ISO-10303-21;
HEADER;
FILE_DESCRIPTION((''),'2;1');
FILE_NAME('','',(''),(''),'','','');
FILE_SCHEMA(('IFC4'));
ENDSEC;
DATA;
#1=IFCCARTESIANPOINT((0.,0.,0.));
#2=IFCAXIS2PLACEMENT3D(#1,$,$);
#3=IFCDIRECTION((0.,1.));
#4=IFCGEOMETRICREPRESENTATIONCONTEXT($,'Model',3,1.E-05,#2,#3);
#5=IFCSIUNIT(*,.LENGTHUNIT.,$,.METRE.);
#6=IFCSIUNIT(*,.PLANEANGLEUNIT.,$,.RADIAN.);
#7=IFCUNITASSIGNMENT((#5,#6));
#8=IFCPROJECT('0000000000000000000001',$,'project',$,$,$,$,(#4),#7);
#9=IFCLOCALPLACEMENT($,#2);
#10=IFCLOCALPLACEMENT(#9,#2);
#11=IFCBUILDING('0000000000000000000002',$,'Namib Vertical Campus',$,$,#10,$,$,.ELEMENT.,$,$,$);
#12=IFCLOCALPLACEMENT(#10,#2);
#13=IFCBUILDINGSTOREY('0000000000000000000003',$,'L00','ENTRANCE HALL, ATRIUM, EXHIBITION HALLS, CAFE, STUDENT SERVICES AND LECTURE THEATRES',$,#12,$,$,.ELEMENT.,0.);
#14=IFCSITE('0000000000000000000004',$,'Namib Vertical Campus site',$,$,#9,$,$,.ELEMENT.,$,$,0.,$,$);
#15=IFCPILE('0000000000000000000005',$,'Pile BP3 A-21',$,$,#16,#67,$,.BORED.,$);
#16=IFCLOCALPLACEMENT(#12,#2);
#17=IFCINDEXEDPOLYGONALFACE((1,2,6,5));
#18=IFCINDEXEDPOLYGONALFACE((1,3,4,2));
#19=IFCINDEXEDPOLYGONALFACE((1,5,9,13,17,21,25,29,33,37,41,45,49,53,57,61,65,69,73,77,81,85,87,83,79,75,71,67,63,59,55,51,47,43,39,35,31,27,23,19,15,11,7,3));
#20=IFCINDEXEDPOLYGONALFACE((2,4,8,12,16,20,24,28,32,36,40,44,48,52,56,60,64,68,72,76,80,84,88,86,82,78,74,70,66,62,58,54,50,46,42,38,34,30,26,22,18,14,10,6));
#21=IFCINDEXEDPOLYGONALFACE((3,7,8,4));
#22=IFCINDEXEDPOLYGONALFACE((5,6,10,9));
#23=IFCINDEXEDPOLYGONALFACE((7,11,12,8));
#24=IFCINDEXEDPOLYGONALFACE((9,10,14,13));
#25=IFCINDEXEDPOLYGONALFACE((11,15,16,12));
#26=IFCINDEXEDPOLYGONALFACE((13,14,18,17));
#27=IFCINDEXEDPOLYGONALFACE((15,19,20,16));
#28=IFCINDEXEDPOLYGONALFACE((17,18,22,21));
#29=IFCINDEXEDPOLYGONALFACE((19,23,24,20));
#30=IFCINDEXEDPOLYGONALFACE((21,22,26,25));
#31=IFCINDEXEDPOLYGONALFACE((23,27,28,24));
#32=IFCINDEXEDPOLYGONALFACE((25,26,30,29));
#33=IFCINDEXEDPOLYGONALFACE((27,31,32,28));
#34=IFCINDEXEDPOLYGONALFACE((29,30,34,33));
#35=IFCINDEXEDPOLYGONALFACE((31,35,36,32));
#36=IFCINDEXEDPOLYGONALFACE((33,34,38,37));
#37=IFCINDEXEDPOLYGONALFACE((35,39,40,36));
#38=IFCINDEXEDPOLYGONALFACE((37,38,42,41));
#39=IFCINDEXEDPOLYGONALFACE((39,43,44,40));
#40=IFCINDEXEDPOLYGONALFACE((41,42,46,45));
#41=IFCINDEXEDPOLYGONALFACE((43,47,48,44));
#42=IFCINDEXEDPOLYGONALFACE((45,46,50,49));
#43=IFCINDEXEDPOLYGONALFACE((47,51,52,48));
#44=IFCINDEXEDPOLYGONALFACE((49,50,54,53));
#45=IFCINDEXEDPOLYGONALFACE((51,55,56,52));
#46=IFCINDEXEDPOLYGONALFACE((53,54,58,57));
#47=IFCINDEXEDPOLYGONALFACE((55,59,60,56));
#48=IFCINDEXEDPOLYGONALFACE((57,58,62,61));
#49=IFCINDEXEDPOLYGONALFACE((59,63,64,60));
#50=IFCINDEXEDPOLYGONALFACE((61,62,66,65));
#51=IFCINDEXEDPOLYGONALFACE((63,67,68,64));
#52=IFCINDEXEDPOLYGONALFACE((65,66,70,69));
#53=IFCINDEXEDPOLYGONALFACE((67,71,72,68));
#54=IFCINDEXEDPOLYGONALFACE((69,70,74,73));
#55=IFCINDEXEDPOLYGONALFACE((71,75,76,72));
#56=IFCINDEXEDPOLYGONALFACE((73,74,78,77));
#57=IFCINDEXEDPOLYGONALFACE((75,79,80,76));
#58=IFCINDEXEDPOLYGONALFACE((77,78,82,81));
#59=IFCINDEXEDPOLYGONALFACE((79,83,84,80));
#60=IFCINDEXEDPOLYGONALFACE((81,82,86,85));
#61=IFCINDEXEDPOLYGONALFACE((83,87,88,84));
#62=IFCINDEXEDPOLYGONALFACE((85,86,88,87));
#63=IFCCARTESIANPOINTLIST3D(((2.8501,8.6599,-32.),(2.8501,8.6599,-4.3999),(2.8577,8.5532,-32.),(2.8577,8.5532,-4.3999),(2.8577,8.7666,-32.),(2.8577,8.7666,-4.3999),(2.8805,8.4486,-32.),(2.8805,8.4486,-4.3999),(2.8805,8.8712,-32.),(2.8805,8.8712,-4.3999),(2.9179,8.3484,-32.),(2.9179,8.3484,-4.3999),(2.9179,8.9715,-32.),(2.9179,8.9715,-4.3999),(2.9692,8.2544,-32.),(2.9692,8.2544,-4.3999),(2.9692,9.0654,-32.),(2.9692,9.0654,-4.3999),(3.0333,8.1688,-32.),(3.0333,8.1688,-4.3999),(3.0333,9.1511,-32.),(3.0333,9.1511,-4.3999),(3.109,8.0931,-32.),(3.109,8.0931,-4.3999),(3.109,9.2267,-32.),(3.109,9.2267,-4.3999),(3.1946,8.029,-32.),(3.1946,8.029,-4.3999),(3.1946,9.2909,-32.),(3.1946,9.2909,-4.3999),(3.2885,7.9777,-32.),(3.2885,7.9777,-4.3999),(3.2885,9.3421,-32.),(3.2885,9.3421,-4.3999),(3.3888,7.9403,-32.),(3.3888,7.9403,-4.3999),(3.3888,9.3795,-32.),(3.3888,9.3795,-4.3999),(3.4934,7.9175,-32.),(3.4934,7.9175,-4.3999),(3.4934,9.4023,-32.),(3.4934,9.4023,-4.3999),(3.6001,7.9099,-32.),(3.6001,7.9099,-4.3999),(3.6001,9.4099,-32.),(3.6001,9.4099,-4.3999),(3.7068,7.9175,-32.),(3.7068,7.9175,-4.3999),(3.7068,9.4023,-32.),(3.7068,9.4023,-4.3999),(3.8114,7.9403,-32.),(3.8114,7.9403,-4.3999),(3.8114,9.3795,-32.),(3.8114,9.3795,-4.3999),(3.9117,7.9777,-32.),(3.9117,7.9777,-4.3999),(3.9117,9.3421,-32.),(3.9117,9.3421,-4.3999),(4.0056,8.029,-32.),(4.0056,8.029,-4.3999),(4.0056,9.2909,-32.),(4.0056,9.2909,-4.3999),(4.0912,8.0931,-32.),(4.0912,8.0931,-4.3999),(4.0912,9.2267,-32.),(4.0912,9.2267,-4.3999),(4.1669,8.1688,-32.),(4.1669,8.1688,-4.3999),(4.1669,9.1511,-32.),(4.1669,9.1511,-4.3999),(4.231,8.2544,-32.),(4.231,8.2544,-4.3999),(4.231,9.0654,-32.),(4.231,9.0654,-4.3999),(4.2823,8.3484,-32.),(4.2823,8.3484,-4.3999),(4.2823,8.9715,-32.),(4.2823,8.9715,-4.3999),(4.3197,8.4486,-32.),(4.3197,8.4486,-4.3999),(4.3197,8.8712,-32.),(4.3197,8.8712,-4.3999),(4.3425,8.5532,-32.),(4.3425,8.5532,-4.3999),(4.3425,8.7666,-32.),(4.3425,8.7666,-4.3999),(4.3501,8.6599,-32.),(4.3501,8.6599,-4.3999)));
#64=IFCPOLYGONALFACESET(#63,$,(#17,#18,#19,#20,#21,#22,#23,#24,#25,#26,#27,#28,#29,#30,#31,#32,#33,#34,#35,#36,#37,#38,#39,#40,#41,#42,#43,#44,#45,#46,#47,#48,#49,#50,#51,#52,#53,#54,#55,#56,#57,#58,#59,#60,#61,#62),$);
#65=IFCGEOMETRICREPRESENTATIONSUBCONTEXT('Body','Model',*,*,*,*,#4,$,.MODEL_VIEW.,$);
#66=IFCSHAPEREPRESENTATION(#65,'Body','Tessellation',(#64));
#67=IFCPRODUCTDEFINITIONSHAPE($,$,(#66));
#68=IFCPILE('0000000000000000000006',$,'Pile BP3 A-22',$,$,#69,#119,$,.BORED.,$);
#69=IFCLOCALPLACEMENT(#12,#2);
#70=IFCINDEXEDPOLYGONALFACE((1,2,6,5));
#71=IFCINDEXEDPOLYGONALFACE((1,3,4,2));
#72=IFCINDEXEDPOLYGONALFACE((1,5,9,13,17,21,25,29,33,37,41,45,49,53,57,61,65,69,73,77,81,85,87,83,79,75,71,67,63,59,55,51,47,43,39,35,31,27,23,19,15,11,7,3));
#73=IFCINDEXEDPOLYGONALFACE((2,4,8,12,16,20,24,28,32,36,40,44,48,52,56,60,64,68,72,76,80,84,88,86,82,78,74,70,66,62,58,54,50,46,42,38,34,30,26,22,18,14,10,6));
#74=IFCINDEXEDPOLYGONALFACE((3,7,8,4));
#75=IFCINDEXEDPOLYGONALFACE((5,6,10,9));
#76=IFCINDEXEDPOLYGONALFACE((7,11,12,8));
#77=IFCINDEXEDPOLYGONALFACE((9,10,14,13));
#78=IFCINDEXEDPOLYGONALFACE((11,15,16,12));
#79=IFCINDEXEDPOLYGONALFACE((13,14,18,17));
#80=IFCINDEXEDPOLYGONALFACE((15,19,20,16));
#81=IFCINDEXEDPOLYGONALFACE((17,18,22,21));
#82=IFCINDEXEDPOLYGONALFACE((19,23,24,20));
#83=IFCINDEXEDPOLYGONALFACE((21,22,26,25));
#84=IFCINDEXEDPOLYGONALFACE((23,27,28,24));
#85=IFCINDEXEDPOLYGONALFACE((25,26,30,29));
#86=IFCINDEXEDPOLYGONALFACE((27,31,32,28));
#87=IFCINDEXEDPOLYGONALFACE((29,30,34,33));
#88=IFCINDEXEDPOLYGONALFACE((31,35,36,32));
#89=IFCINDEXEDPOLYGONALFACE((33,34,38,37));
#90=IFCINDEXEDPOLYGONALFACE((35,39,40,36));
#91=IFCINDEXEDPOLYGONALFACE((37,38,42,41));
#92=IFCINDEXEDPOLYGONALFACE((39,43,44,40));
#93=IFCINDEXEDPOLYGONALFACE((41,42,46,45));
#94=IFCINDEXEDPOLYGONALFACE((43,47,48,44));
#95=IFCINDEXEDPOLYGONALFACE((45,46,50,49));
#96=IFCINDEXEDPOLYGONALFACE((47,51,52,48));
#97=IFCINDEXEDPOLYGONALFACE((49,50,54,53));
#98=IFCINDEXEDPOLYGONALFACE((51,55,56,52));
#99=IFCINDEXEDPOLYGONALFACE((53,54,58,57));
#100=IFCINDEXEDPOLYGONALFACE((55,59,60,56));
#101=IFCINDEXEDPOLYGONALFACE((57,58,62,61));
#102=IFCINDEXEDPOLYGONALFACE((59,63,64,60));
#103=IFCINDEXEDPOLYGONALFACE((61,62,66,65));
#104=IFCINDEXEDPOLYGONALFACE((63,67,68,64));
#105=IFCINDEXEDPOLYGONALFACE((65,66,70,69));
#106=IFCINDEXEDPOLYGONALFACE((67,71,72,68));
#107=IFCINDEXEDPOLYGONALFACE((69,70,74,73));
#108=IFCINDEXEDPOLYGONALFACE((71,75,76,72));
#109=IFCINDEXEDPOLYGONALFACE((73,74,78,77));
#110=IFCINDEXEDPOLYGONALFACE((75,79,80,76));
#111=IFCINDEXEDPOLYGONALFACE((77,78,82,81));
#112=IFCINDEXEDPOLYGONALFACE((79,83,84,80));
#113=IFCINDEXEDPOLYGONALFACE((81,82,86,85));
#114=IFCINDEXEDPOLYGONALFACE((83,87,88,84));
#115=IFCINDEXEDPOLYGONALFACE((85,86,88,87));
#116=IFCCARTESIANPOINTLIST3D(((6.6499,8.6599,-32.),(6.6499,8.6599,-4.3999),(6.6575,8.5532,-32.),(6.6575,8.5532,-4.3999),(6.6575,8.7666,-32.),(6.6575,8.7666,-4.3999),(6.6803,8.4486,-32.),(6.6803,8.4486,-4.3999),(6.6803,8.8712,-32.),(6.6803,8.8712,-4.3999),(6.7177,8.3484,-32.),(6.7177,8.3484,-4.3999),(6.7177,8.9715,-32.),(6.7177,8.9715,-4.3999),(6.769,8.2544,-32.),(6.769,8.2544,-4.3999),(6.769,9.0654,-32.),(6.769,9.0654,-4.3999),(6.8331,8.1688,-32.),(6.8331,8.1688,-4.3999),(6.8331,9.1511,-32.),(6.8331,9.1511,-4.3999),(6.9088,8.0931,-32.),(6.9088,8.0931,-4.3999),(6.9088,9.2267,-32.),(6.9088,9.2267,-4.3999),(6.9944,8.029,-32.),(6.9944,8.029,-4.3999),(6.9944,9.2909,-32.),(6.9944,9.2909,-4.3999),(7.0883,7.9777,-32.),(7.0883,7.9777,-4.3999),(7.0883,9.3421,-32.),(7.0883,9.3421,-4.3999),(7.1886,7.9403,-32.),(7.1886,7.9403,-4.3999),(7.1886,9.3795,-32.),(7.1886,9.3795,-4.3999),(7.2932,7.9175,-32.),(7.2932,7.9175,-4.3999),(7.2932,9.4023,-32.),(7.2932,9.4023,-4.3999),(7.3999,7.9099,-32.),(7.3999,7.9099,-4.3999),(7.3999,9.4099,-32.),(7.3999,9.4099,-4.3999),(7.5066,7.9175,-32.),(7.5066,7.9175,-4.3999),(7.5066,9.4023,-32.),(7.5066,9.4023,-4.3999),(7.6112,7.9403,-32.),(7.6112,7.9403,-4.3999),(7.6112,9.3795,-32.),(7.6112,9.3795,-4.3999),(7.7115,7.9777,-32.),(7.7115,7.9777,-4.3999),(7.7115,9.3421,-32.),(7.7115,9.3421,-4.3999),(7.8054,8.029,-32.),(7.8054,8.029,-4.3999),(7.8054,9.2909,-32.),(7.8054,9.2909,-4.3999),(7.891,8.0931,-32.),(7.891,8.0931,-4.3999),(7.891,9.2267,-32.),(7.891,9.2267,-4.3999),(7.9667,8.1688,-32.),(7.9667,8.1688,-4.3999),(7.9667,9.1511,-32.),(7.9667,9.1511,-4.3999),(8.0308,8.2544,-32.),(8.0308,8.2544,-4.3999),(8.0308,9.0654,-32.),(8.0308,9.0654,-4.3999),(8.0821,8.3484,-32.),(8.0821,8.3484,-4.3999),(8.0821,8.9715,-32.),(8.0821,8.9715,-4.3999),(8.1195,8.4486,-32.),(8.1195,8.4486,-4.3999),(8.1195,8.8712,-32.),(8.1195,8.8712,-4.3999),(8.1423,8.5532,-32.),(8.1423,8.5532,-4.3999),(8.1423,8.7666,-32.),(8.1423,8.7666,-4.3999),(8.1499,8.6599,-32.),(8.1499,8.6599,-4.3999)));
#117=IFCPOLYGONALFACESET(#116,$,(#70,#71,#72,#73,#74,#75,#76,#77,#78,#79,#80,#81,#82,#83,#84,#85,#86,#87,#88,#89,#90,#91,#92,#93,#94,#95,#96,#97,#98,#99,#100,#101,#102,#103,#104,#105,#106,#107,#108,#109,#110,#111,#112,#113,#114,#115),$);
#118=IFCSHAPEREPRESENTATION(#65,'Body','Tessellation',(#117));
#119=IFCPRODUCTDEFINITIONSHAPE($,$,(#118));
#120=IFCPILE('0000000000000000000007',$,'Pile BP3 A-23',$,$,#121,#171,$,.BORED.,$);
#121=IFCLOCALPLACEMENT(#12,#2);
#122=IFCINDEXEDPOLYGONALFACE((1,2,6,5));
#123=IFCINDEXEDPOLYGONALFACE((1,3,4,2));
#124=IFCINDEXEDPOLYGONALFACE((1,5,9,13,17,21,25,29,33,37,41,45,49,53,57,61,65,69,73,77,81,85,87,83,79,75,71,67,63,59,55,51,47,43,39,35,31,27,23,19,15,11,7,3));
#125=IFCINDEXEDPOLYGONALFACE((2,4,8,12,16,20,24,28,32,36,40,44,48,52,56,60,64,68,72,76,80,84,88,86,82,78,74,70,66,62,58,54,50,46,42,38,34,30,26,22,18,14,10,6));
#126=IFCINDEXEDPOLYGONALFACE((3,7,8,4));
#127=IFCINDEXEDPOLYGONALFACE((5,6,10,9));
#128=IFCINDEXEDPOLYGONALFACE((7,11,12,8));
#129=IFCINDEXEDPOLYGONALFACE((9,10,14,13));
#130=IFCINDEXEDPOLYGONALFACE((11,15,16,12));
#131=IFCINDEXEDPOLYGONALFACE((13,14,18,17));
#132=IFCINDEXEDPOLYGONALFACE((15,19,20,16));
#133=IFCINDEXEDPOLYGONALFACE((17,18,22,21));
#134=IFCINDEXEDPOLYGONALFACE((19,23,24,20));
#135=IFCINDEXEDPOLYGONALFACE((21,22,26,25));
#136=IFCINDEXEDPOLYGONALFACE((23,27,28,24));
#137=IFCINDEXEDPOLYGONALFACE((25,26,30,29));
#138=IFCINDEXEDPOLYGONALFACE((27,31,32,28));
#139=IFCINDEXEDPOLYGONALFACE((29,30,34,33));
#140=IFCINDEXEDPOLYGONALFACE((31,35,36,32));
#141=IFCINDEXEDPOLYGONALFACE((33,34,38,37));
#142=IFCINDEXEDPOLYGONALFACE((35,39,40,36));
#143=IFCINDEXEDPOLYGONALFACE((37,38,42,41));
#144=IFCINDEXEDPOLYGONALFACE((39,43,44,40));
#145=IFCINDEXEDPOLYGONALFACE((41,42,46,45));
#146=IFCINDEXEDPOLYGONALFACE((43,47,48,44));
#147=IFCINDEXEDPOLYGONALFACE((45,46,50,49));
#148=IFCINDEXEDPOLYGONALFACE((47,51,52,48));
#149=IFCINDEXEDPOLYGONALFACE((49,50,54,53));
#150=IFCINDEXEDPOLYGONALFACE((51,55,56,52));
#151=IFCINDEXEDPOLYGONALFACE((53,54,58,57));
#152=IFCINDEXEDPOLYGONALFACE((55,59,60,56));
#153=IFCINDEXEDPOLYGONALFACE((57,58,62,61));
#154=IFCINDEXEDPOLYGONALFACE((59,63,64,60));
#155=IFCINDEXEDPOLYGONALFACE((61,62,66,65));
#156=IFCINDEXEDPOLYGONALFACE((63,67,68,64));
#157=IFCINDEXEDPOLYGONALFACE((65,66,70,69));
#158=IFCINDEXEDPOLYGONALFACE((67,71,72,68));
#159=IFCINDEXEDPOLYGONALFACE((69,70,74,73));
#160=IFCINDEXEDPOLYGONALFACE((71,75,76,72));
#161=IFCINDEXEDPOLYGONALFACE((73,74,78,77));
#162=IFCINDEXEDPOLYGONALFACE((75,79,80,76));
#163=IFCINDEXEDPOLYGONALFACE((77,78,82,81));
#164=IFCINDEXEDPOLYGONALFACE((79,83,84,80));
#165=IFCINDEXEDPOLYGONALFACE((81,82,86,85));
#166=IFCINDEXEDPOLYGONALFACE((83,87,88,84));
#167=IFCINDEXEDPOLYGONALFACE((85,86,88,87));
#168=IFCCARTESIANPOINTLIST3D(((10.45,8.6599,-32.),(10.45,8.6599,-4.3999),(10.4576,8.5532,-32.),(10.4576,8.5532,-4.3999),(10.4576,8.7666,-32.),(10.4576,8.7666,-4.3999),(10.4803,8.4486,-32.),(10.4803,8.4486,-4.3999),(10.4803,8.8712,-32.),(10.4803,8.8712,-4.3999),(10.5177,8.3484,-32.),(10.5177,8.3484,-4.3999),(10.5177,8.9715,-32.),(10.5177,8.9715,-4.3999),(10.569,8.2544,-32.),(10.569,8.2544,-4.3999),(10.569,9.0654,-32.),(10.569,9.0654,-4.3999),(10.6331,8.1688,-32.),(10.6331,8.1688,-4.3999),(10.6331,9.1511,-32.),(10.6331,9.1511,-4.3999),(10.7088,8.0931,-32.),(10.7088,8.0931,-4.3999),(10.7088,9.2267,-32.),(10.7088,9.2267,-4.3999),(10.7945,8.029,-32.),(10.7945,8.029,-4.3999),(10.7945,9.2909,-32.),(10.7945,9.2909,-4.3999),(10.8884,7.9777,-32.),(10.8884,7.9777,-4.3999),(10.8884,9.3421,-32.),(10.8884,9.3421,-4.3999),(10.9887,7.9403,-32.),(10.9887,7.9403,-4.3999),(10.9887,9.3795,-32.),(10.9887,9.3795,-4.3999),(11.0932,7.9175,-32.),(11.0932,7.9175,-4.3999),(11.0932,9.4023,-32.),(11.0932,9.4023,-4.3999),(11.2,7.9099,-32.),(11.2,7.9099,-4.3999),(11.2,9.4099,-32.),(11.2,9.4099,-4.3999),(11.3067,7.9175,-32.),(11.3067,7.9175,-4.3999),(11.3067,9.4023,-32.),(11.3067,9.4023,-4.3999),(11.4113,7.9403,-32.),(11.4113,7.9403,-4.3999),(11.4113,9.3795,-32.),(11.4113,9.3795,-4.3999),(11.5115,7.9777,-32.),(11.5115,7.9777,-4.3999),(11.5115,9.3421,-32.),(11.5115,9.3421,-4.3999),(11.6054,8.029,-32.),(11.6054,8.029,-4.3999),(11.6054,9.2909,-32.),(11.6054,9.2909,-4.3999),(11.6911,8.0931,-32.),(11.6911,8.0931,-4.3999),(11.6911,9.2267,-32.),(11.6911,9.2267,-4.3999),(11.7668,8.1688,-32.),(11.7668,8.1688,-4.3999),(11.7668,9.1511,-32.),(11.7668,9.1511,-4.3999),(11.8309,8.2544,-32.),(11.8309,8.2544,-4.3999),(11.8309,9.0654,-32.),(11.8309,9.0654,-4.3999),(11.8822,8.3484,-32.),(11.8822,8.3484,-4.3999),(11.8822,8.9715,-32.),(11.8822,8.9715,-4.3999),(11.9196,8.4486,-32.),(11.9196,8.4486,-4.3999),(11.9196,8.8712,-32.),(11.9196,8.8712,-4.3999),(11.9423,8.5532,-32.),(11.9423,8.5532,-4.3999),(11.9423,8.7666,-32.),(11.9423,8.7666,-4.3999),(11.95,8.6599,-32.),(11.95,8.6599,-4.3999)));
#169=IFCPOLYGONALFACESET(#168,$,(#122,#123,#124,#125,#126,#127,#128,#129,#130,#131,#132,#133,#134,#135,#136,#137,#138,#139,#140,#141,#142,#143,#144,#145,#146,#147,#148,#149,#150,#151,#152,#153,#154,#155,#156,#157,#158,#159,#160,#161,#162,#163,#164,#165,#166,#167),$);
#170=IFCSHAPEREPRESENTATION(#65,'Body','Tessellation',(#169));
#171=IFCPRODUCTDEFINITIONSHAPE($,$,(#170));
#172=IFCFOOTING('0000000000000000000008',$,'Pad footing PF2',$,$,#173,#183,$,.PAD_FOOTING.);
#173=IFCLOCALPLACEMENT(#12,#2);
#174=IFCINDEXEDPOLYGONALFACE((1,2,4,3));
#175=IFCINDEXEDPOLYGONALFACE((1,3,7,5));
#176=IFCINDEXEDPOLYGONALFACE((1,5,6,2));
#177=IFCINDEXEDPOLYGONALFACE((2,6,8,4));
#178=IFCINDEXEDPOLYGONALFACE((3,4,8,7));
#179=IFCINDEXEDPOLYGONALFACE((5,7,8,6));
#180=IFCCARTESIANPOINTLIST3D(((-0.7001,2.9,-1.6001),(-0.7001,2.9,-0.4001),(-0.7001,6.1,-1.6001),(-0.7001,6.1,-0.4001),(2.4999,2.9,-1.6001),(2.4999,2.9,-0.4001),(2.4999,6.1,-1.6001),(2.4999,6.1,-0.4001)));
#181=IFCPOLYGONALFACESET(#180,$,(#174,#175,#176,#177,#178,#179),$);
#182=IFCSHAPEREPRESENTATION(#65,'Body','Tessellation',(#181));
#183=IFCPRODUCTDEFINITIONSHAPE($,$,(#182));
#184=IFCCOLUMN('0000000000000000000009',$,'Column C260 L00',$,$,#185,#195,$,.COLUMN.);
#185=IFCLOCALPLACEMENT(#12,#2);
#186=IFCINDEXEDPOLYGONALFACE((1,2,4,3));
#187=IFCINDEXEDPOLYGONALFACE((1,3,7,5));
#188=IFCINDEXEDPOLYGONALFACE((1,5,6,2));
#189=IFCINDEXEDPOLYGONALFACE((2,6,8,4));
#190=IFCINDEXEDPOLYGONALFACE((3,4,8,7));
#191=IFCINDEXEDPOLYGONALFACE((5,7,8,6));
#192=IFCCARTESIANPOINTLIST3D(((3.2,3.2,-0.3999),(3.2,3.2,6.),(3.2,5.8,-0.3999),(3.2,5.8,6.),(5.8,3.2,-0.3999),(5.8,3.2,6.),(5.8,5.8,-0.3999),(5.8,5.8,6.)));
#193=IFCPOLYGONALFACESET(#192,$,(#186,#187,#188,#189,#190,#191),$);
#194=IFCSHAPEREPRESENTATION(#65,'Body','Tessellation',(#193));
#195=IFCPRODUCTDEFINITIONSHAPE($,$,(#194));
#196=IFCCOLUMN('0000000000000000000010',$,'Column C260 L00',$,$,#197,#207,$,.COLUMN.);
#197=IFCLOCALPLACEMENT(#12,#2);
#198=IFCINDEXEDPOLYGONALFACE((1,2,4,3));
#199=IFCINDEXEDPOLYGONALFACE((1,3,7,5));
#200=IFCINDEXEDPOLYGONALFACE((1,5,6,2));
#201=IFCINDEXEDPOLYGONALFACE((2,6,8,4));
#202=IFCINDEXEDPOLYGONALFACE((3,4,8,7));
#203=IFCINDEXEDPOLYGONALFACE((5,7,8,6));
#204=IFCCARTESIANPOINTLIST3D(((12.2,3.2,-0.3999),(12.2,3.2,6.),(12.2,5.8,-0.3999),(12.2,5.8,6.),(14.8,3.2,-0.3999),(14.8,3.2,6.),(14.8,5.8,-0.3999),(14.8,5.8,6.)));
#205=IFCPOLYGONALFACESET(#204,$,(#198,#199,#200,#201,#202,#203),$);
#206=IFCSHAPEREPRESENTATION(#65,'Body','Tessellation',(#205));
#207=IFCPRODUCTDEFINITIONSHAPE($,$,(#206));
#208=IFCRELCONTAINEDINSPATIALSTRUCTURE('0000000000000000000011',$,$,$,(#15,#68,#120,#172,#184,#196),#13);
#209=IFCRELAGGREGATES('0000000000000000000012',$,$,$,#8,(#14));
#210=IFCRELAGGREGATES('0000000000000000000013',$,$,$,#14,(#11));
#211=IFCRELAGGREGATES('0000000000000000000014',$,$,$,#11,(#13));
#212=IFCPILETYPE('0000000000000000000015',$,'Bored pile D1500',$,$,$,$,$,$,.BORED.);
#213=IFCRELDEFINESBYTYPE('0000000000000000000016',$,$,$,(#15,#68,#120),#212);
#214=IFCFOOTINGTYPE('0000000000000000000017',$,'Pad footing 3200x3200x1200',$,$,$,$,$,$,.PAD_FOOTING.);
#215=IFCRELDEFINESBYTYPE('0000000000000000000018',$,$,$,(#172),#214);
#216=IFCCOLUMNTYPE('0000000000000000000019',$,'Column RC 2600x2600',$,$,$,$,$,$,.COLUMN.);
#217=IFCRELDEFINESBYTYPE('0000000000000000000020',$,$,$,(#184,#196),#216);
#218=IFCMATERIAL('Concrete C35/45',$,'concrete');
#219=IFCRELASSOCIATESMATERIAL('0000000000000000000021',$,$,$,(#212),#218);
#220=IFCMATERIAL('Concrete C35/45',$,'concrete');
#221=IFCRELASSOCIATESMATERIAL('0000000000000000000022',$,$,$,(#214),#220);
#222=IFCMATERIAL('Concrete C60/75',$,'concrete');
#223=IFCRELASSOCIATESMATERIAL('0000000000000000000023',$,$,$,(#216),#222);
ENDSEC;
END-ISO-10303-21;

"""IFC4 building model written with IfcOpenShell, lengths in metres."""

from ifc_helpers import new_model, si_unit, direction, frame, origin, origin_2d, place, context, subcontext, project, spatial, rectangle, circle, extrude, material, material_profile, profile_set, type_object, element, save


model = new_model("IFC4")

# Units and contexts
model_context = context("Model", 3, precision=1e-05, world=origin(), true_north=direction((0.0, 1.0)))
body_context = subcontext(model_context, "Body", "Model", "MODEL_VIEW")
ifc_project = project(units=[si_unit("LENGTHUNIT", "METRE"), si_unit("PLANEANGLEUNIT", "RADIAN")], contexts=[model_context])

# Site, building, storey
site_placement = place(None, origin())
site = spatial("IfcSite", under=ifc_project, at=site_placement, Name="Namib Vertical Campus site", CompositionType="ELEMENT", RefElevation=0.0)
building_placement = place(site_placement, origin())
building = spatial("IfcBuilding", under=site, at=building_placement, Name="Namib Vertical Campus", CompositionType="ELEMENT")
storey_placement = place(building_placement, origin())
storey = spatial("IfcBuildingStorey", under=building, at=storey_placement, Name="L00", Description="ENTRANCE HALL, ATRIUM, EXHIBITION HALLS, CAFE, STUDENT SERVICES AND LECTURE THEATRES", CompositionType="ELEMENT", Elevation=0.0)

# Piles
ifc_material_1 = material(Name="Concrete C35/45", Category="concrete")
ifc_material_profile_1 = material_profile(ifc_material_1, circle(Radius=0.75, at=origin_2d()))
ifc_profile_set_1 = profile_set([ifc_material_profile_1], Name="Concrete C35/45")
pile_type = type_object("IfcPileType", Name="Bored pile D1500", PredefinedType="BORED", material=ifc_profile_set_1)
for number, where, z_axis, x_axis, name in (
    (1, (3.6001, 8.6599, -4.3999), (0.0, 0.0, -1.0), (1.0, 0.0, 0.0), "Pile BP3 A-21"),
    (2, (7.3999, 8.6599, -4.3999), (0.0, 0.0, -1.0), (1.0, 0.0, 0.0), "Pile BP3 A-22"),
    (3, (11.2, 8.6599, -4.3999), (0.0, 0.0, -1.0), (1.0, 0.0, 0.0), "Pile BP3 A-23"),
):
    element("IfcPile", number, at=place(storey_placement, frame(where, z_axis=z_axis, x_axis=x_axis)), inside=storey, type_object=pile_type, Name=name, PredefinedType="BORED", context=body_context, shape_type="SweptSolid", body=[
        extrude(circle(Radius=0.75, at=origin_2d()), origin(), (0.0, 0.0, 1.0), 27.6001),
    ])

# Footing
ifc_material_2 = material(Name="Concrete C35/45", Category="concrete")
footing_type = type_object("IfcFootingType", Name="Pad footing 3200x3200x1200", PredefinedType="PAD_FOOTING", material=ifc_material_2)
footing_placement = place(storey_placement, frame((0.8999, 4.5, -1.6001), z_axis=(0.0, 0.0, 1.0), x_axis=(1.0, 0.0, 0.0)))
element("IfcFooting", 4, at=footing_placement, inside=storey, type_object=footing_type, Name="Pad footing PF2", PredefinedType="PAD_FOOTING", context=body_context, shape_type="SweptSolid", body=[
    extrude(rectangle(XDim=3.2, YDim=3.2, at=origin_2d()), origin(), (0.0, 0.0, 1.0), 1.2),
])

# Columns
ifc_material_3 = material(Name="Concrete C60/75", Category="concrete")
ifc_material_profile_2 = material_profile(ifc_material_3, rectangle(XDim=2.6001, YDim=2.6001, at=origin_2d()))
ifc_profile_set_2 = profile_set([ifc_material_profile_2], Name="Concrete C60/75")
column_type_1 = type_object("IfcColumnType", Name="Column RC 2600x2600", PredefinedType="COLUMN", material=ifc_profile_set_2)
for number, where, z_axis, x_axis, name in (
    (5, (4.5, 4.5, -0.3999), (0.0, 0.0, 1.0), (1.0, 0.0, 0.0), "Column C260 L00"),
    (6, (13.5, 4.5, -0.3999), (0.0, 0.0, 1.0), (1.0, 0.0, 0.0), "Column C260 L00"),
):
    element("IfcColumn", number, at=place(storey_placement, frame(where, z_axis=z_axis, x_axis=x_axis)), inside=storey, type_object=column_type_1, Name=name, PredefinedType="COLUMN", context=body_context, shape_type="SweptSolid", body=[
        extrude(rectangle(XDim=2.6001, YDim=2.6001, at=origin_2d()), origin(), (0.0, 0.0, 1.0), 6.3999),
    ])

save(model, "model.ifc")
